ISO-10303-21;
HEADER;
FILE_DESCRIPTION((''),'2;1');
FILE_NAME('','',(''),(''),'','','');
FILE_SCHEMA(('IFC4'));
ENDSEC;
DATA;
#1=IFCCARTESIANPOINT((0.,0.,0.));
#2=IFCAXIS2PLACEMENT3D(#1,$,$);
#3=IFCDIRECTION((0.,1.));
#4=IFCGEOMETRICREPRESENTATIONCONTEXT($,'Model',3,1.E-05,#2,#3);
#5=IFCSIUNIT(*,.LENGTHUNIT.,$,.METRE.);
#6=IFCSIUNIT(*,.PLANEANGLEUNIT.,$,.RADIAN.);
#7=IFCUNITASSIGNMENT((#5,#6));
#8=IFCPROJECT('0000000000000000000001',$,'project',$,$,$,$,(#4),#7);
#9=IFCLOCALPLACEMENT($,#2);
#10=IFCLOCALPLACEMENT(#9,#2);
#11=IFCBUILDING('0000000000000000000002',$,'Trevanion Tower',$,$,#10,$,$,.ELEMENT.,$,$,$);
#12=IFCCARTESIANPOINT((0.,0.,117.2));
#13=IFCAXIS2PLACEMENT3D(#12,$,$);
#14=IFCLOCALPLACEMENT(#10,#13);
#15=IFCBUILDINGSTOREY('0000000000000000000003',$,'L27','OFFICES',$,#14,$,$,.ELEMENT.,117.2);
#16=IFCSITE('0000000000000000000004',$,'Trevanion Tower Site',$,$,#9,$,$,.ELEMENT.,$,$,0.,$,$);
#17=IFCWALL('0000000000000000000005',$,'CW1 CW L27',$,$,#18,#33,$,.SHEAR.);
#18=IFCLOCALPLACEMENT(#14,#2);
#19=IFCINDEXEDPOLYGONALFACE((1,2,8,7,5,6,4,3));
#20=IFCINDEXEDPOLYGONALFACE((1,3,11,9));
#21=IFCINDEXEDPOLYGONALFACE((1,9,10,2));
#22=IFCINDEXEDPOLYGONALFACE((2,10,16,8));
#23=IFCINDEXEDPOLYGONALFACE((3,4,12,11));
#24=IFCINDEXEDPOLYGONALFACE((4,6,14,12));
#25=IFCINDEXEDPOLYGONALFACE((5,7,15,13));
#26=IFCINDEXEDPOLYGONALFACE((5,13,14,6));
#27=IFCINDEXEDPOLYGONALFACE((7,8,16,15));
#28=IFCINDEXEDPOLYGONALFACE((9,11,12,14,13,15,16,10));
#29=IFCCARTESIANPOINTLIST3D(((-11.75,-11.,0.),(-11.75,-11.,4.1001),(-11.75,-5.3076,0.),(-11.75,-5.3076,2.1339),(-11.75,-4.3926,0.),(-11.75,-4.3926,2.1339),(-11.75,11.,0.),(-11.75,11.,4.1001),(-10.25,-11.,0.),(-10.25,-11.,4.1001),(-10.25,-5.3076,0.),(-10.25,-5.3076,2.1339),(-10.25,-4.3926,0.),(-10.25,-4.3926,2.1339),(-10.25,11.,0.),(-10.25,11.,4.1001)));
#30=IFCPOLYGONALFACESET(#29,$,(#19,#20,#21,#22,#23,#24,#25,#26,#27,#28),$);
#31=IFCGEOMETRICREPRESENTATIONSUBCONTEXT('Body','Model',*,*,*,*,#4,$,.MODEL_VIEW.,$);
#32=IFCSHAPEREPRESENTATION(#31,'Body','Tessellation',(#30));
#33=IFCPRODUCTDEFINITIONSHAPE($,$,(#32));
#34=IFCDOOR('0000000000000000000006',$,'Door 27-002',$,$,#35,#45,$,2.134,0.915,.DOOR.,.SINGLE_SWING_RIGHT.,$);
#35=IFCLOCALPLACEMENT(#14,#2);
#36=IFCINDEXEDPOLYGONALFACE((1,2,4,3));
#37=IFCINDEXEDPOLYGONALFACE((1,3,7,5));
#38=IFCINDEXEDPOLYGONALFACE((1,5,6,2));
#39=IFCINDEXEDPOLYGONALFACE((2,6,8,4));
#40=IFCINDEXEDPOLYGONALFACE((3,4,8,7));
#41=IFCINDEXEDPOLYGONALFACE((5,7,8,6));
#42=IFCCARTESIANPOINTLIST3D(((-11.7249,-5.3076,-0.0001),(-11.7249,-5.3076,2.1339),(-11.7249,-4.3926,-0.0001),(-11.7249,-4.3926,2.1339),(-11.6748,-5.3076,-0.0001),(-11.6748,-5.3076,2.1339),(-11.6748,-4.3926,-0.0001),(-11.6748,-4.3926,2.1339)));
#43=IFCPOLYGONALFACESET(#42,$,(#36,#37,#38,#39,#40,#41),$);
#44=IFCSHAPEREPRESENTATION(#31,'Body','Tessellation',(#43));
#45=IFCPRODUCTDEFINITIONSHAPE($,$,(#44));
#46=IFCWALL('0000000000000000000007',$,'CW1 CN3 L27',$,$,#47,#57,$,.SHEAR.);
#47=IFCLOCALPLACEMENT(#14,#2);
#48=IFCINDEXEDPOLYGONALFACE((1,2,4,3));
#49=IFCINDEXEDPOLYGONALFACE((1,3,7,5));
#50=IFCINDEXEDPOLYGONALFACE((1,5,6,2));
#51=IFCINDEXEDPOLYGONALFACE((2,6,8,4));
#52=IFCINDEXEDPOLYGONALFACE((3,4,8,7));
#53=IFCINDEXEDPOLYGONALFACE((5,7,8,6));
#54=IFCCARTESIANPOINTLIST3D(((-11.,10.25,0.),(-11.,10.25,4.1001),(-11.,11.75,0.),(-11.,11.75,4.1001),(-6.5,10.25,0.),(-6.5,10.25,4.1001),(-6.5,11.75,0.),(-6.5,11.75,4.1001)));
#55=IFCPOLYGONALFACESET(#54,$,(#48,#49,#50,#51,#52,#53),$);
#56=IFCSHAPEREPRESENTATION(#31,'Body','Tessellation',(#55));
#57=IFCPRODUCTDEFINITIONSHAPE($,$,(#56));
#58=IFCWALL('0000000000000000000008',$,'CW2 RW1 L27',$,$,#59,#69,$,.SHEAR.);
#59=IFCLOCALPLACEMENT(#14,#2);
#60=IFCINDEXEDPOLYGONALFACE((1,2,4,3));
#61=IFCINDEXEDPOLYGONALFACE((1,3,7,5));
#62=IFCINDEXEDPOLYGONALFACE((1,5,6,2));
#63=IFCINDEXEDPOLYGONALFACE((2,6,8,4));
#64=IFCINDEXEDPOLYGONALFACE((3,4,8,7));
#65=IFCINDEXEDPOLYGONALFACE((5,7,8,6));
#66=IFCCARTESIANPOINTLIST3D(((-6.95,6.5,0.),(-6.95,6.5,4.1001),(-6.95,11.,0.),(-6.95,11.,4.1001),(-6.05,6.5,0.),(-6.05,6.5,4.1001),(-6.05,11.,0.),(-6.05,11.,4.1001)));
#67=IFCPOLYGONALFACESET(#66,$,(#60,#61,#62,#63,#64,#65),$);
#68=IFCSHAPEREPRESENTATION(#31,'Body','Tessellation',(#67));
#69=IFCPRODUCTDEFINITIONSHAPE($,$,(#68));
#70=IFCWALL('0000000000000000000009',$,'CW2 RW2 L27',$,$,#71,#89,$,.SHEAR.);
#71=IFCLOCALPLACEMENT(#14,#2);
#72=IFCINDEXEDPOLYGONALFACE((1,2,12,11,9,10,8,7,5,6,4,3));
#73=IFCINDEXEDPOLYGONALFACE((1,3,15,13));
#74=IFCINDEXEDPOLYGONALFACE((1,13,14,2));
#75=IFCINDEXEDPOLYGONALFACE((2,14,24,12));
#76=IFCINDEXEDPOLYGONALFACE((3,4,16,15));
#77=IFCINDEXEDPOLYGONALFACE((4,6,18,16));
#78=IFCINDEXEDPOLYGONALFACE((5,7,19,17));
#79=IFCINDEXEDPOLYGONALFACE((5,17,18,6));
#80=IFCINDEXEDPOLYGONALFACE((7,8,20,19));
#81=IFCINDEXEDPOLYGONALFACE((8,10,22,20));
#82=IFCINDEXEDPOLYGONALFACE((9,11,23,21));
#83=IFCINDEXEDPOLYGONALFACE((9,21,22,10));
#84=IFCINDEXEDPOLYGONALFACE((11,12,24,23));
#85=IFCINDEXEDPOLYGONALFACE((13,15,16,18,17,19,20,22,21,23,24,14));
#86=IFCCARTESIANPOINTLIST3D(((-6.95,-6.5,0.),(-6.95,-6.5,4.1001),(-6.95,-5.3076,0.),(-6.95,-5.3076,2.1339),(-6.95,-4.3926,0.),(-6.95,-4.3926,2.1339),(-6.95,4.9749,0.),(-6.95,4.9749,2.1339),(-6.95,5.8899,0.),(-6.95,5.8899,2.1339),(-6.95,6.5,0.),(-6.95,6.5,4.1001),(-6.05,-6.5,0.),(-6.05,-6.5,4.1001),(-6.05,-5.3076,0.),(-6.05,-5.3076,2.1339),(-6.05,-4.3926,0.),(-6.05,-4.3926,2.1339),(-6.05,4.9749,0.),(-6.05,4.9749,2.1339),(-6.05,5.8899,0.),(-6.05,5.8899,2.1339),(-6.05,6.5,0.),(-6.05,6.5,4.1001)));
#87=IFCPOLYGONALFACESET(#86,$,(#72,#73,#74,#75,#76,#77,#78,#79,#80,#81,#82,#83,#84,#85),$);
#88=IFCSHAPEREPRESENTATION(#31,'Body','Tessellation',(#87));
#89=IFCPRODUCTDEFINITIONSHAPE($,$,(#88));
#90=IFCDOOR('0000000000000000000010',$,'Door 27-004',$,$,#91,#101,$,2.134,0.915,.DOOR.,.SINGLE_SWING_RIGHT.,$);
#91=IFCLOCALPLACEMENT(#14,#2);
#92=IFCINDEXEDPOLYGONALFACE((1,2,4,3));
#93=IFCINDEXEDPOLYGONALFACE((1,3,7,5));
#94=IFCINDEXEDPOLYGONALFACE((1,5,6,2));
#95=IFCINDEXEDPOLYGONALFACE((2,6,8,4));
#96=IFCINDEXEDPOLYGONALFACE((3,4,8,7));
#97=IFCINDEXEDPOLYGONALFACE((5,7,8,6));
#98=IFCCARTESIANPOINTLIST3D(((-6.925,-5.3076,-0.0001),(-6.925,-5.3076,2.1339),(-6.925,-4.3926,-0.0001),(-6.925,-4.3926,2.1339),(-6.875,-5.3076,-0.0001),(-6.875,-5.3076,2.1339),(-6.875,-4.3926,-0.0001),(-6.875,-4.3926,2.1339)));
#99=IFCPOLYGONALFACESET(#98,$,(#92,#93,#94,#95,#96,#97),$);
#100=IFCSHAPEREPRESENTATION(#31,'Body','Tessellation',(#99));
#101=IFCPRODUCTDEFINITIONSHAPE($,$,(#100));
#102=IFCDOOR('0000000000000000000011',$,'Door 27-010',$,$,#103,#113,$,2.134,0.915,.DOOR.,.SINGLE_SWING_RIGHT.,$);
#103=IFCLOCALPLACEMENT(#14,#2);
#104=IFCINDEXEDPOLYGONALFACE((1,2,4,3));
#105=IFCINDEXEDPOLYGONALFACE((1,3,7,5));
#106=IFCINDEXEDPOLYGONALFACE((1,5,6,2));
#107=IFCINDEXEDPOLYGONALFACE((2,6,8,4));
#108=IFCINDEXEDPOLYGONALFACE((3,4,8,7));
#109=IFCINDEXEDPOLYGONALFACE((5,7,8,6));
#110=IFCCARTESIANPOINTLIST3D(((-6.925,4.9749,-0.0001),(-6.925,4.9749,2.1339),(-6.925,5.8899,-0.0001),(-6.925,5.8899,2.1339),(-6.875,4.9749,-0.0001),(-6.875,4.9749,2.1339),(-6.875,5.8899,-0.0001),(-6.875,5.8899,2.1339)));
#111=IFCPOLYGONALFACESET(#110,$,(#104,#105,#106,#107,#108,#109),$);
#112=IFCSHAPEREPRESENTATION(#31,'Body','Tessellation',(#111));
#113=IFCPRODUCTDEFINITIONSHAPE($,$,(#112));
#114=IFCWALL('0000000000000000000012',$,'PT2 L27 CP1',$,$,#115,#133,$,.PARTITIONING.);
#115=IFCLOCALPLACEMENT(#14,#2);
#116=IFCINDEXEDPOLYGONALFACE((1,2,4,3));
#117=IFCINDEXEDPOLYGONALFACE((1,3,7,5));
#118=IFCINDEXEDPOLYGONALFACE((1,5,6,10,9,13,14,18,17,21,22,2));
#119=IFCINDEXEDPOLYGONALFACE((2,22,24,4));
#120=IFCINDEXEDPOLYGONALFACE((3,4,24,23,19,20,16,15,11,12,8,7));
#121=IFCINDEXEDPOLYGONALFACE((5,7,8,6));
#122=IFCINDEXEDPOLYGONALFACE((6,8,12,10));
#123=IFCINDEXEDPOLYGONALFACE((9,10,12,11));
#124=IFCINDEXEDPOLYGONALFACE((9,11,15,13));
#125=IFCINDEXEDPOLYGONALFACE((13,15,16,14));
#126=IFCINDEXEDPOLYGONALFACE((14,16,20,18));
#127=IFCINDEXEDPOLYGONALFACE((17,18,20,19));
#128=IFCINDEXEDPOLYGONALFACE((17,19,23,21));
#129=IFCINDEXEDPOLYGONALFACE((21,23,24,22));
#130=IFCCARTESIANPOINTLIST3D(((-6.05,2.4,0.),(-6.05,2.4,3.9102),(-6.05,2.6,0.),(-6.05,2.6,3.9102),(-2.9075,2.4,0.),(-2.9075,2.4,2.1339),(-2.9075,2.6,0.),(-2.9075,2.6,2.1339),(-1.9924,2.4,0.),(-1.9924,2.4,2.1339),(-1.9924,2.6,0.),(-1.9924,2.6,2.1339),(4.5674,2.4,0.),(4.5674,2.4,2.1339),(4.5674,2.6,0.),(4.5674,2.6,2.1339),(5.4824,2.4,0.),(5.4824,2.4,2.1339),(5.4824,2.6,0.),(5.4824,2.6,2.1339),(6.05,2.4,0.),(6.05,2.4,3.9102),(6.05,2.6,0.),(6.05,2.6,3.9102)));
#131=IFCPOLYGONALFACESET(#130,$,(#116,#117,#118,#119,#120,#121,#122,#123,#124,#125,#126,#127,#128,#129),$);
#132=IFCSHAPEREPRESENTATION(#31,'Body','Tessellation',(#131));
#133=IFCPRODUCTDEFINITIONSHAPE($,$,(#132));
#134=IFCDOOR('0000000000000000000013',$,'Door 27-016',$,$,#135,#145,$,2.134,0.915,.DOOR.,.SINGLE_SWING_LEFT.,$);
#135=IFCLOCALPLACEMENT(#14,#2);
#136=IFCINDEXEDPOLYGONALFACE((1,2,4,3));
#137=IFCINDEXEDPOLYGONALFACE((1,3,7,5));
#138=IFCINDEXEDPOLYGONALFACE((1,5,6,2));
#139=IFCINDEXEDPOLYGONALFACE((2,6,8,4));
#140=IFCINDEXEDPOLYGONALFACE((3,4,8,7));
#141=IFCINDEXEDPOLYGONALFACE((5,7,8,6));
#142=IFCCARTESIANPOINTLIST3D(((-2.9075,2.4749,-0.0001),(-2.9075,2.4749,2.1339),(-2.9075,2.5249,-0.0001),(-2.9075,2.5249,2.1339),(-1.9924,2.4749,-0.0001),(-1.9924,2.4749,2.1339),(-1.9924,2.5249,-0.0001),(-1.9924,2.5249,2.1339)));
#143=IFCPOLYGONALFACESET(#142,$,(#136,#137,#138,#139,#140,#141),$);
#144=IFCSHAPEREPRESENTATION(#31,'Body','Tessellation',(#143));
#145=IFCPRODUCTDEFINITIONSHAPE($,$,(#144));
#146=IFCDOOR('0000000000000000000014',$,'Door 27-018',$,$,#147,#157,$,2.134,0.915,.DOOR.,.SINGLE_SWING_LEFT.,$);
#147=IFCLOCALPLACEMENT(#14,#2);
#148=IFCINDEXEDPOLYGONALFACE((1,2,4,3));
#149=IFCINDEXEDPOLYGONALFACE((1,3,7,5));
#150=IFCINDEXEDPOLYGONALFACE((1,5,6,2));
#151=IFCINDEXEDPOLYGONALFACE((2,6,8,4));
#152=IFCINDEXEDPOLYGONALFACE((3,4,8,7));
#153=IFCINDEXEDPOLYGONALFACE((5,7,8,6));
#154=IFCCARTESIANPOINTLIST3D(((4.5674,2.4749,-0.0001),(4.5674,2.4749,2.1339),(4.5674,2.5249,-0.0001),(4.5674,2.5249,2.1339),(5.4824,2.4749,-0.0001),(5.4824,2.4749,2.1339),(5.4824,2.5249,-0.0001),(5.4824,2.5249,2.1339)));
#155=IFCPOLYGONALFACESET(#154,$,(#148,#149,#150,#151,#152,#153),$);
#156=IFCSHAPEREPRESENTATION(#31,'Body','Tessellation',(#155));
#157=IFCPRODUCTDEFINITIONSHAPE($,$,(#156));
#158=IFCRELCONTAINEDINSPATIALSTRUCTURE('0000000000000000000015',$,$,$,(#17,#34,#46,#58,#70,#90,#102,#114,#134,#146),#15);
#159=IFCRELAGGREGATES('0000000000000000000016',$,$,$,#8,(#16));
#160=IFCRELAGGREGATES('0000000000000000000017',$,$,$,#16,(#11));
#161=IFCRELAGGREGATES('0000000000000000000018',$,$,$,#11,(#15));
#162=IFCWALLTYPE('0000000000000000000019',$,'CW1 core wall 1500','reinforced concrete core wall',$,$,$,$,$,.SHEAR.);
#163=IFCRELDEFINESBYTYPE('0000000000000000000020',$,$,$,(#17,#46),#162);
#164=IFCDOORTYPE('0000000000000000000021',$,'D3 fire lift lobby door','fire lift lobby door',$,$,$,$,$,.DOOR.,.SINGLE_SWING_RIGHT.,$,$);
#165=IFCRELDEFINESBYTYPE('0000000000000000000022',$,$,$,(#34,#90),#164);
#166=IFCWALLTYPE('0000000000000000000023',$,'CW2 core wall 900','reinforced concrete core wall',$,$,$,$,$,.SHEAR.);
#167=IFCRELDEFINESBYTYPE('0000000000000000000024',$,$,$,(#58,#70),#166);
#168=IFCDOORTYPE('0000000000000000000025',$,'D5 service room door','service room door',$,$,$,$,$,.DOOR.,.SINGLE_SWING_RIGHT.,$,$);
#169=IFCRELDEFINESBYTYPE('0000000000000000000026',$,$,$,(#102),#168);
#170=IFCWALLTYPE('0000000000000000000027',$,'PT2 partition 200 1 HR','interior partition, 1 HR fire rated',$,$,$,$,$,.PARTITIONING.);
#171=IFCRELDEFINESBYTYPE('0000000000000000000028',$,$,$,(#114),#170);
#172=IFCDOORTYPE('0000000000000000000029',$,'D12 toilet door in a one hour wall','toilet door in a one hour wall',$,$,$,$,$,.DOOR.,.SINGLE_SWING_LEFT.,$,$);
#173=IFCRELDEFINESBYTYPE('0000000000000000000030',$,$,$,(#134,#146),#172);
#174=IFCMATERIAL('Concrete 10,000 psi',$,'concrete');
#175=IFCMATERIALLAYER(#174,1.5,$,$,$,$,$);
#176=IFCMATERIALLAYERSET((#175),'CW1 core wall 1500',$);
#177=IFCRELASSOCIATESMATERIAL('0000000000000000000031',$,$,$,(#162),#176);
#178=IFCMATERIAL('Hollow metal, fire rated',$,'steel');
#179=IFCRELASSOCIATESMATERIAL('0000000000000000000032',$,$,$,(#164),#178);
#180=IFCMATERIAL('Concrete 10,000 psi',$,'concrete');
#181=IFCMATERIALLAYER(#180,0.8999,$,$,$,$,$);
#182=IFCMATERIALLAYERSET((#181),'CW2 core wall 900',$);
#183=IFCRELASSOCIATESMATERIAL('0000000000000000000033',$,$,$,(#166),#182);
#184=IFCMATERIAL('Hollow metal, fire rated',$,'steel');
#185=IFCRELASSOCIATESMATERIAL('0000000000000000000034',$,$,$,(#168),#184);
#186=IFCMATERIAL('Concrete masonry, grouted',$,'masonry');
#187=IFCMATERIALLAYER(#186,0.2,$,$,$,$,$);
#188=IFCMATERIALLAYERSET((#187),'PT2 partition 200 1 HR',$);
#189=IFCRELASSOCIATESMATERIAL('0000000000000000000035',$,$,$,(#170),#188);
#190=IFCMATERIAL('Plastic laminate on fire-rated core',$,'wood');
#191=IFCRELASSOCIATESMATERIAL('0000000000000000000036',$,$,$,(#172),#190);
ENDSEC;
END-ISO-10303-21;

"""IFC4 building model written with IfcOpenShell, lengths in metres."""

from ifc_helpers import new_model, si_unit, direction, frame, frame_2d, origin, place, context, subcontext, project, spatial, rectangle, extrude, material, layer, layer_set, type_object, element, fill, save


model = new_model("IFC4")

# Units and contexts
model_context = context("Model", 3, precision=1e-05, world=origin(), true_north=direction((0.0, 1.0)))
body_context = subcontext(model_context, "Body", "Model", "MODEL_VIEW")
ifc_project = project(units=[si_unit("LENGTHUNIT", "METRE"), si_unit("PLANEANGLEUNIT", "RADIAN")], contexts=[model_context])

# Site, building, storey
site_placement = place(None, origin())
site = spatial("IfcSite", under=ifc_project, at=site_placement, Name="Trevanion Tower Site", CompositionType="ELEMENT", RefElevation=0.0)
building_placement = place(site_placement, origin())
building = spatial("IfcBuilding", under=site, at=building_placement, Name="Trevanion Tower", CompositionType="ELEMENT")
storey_placement = place(building_placement, frame((0.0, 0.0, 117.2)))
storey = spatial("IfcBuildingStorey", under=building, at=storey_placement, Name="L27", Description="OFFICES", CompositionType="ELEMENT", Elevation=117.2)

# Wall, opening, door
ifc_material_1 = material(Name="Concrete 10,000 psi", Category="concrete")
ifc_layer_1 = layer(ifc_material_1, 1.5)
ifc_layer_set_1 = layer_set([ifc_layer_1], Name="CW1 core wall 1500")
wall_type_1 = type_object("IfcWallType", Name="CW1 core wall 1500", Description="reinforced concrete core wall", PredefinedType="SHEAR", material=ifc_layer_set_1)
wall_1_placement = place(storey_placement, frame((-11.0, 11.0, 0.0), z_axis=(0.0, 0.0, 1.0), x_axis=(0.0, -1.0, 0.0)))
wall_1 = element("IfcWall", 1, at=wall_1_placement, inside=storey, type_object=wall_type_1, Name="CW1 CW L27", PredefinedType="SHEAR", context=body_context, shape_type="SweptSolid", body=[
    extrude(rectangle(XDim=22.0, YDim=1.5, at=frame_2d((11.0, 0.0))), origin(), (0.0, 0.0, 1.0), 4.1001),
])
opening_1_placement = place(wall_1_placement, frame((15.3926, 0.0, 0.0)))
opening_1 = element("IfcOpeningElement", 2, at=opening_1_placement, cuts=wall_1, PredefinedType="OPENING", context=body_context, shape_type="SweptSolid", body=[
    extrude(rectangle(XDim=0.915, YDim=2.134, at=frame_2d((0.4575, 1.0669))), frame((0.0, 0.76, 0.0), z_axis=(0.0, -1.0, 0.0), x_axis=(1.0, 0.0, 0.0)), (0.0, 0.0, 1.0), 1.52),
])
ifc_material_2 = material(Name="Hollow metal, fire rated", Category="steel")
door_type_1 = type_object("IfcDoorType", Name="D3 fire lift lobby door", Description="fire lift lobby door", OperationType="SINGLE_SWING_RIGHT", PredefinedType="DOOR", material=ifc_material_2)
door_1_placement = place(opening_1_placement, origin())
door_1 = element("IfcDoor", 3, at=door_1_placement, inside=storey, type_object=door_type_1, Name="Door 27-002", OperationType="SINGLE_SWING_RIGHT", OverallHeight=2.134, OverallWidth=0.915, PredefinedType="DOOR", context=body_context, shape_type="SweptSolid", body=[
    extrude(rectangle(XDim=0.915, YDim=2.134, at=frame_2d((0.4575, 1.0669))), frame((0.0, -0.6748, 0.0), z_axis=(0.0, -1.0, 0.0), x_axis=(1.0, 0.0, 0.0)), (0.0, 0.0, 1.0), 0.05),
])
fill(opening_1, door_1)

# Walls
wall_2_placement = place(storey_placement, frame((-6.5, 11.0, 0.0), z_axis=(0.0, 0.0, 1.0), x_axis=(-1.0, 0.0, 0.0)))
element("IfcWall", 4, at=wall_2_placement, inside=storey, type_object=wall_type_1, Name="CW1 CN3 L27", PredefinedType="SHEAR", context=body_context, shape_type="SweptSolid", body=[
    extrude(rectangle(XDim=4.5, YDim=1.5, at=frame_2d((2.25, 0.0))), origin(), (0.0, 0.0, 1.0), 4.1001),
])
ifc_material_3 = material(Name="Concrete 10,000 psi", Category="concrete")
ifc_layer_2 = layer(ifc_material_3, 0.8999)
ifc_layer_set_2 = layer_set([ifc_layer_2], Name="CW2 core wall 900")
wall_type_2 = type_object("IfcWallType", Name="CW2 core wall 900", Description="reinforced concrete core wall", PredefinedType="SHEAR", material=ifc_layer_set_2)
wall_3_placement = place(storey_placement, frame((-6.5, 11.0, 0.0), z_axis=(0.0, 0.0, 1.0), x_axis=(0.0, -1.0, 0.0)))
element("IfcWall", 5, at=wall_3_placement, inside=storey, type_object=wall_type_2, Name="CW2 RW1 L27", PredefinedType="SHEAR", context=body_context, shape_type="SweptSolid", body=[
    extrude(rectangle(XDim=4.5, YDim=0.8999, at=frame_2d((2.25, 0.0))), origin(), (0.0, 0.0, 1.0), 4.1001),
])

# Walls, openings, doors
wall_4_placement = place(storey_placement, frame((-6.5, 6.5, 0.0), z_axis=(0.0, 0.0, 1.0), x_axis=(0.0, -1.0, 0.0)))
wall_4 = element("IfcWall", 6, at=wall_4_placement, inside=storey, type_object=wall_type_2, Name="CW2 RW2 L27", PredefinedType="SHEAR", context=body_context, shape_type="SweptSolid", body=[
    extrude(rectangle(XDim=13.0, YDim=0.8999, at=frame_2d((6.5, 0.0))), origin(), (0.0, 0.0, 1.0), 4.1001),
])
opening_2_placement = place(wall_4_placement, frame((10.8926, 0.0, 0.0)))
opening_2 = element("IfcOpeningElement", 7, at=opening_2_placement, cuts=wall_4, PredefinedType="OPENING", context=body_context, shape_type="SweptSolid", body=[
    extrude(rectangle(XDim=0.915, YDim=2.134, at=frame_2d((0.4575, 1.0669))), frame((0.0, 0.46, 0.0), z_axis=(0.0, -1.0, 0.0), x_axis=(1.0, 0.0, 0.0)), (0.0, 0.0, 1.0), 0.9199),
])
opening_3_placement = place(wall_4_placement, frame((0.6101, 0.0, 0.0)))
opening_3 = element("IfcOpeningElement", 8, at=opening_3_placement, cuts=wall_4, PredefinedType="OPENING", context=body_context, shape_type="SweptSolid", body=[
    extrude(rectangle(XDim=0.915, YDim=2.134, at=frame_2d((0.4575, 1.0669))), frame((0.0, 0.46, 0.0), z_axis=(0.0, -1.0, 0.0), x_axis=(1.0, 0.0, 0.0)), (0.0, 0.0, 1.0), 0.9199),
])
door_2_placement = place(opening_2_placement, origin())
door_2 = element("IfcDoor", 9, at=door_2_placement, inside=storey, type_object=door_type_1, Name="Door 27-004", OperationType="SINGLE_SWING_RIGHT", OverallHeight=2.134, OverallWidth=0.915, PredefinedType="DOOR", context=body_context, shape_type="SweptSolid", body=[
    extrude(rectangle(XDim=0.915, YDim=2.134, at=frame_2d((0.4575, 1.0669))), frame((0.0, -0.375, 0.0), z_axis=(0.0, -1.0, 0.0), x_axis=(1.0, 0.0, 0.0)), (0.0, 0.0, 1.0), 0.05),
])
fill(opening_2, door_2)
ifc_material_4 = material(Name="Hollow metal, fire rated", Category="steel")
door_type_2 = type_object("IfcDoorType", Name="D5 service room door", Description="service room door", OperationType="SINGLE_SWING_RIGHT", PredefinedType="DOOR", material=ifc_material_4)
door_3_placement = place(opening_3_placement, origin())
door_3 = element("IfcDoor", 10, at=door_3_placement, inside=storey, type_object=door_type_2, Name="Door 27-010", OperationType="SINGLE_SWING_RIGHT", OverallHeight=2.134, OverallWidth=0.915, PredefinedType="DOOR", context=body_context, shape_type="SweptSolid", body=[
    extrude(rectangle(XDim=0.915, YDim=2.134, at=frame_2d((0.4575, 1.0669))), frame((0.0, -0.375, 0.0), z_axis=(0.0, -1.0, 0.0), x_axis=(1.0, 0.0, 0.0)), (0.0, 0.0, 1.0), 0.05),
])
fill(opening_3, door_3)
ifc_material_5 = material(Name="Concrete masonry, grouted", Category="masonry")
ifc_layer_3 = layer(ifc_material_5, 0.2)
ifc_layer_set_3 = layer_set([ifc_layer_3], Name="PT2 partition 200 1 HR")
wall_type_3 = type_object("IfcWallType", Name="PT2 partition 200 1 HR", Description="interior partition, 1 HR fire rated", PredefinedType="PARTITIONING", material=ifc_layer_set_3)
wall_5_placement = place(storey_placement, frame((-6.05, 2.5, 0.0), z_axis=(0.0, 0.0, 1.0), x_axis=(1.0, 0.0, 0.0)))
wall_5 = element("IfcWall", 11, at=wall_5_placement, inside=storey, type_object=wall_type_3, Name="PT2 L27 CP1", PredefinedType="PARTITIONING", context=body_context, shape_type="SweptSolid", body=[
    extrude(rectangle(XDim=12.1001, YDim=0.2, at=frame_2d((6.05, 0.0))), origin(), (0.0, 0.0, 1.0), 3.9102),
])
opening_4_placement = place(wall_5_placement, frame((3.1426, 0.0, 0.0)))
opening_4 = element("IfcOpeningElement", 12, at=opening_4_placement, cuts=wall_5, PredefinedType="OPENING", context=body_context, shape_type="SweptSolid", body=[
    extrude(rectangle(XDim=0.915, YDim=2.134, at=frame_2d((0.4575, 1.0669))), frame((0.0, 0.1099, 0.0), z_axis=(0.0, -1.0, 0.0), x_axis=(1.0, 0.0, 0.0)), (0.0, 0.0, 1.0), 0.22),
])
opening_5_placement = place(wall_5_placement, frame((10.6174, 0.0, 0.0)))
opening_5 = element("IfcOpeningElement", 13, at=opening_5_placement, cuts=wall_5, PredefinedType="OPENING", context=body_context, shape_type="SweptSolid", body=[
    extrude(rectangle(XDim=0.915, YDim=2.134, at=frame_2d((0.4575, 1.0669))), frame((0.0, 0.1099, 0.0), z_axis=(0.0, -1.0, 0.0), x_axis=(1.0, 0.0, 0.0)), (0.0, 0.0, 1.0), 0.22),
])
ifc_material_6 = material(Name="Plastic laminate on fire-rated core", Category="wood")
door_type_3 = type_object("IfcDoorType", Name="D12 toilet door in a one hour wall", Description="toilet door in a one hour wall", OperationType="SINGLE_SWING_LEFT", PredefinedType="DOOR", material=ifc_material_6)
door_4_placement = place(opening_4_placement, origin())
door_4 = element("IfcDoor", 14, at=door_4_placement, inside=storey, type_object=door_type_3, Name="Door 27-016", OperationType="SINGLE_SWING_LEFT", OverallHeight=2.134, OverallWidth=0.915, PredefinedType="DOOR", context=body_context, shape_type="SweptSolid", body=[
    extrude(rectangle(XDim=0.915, YDim=2.134, at=frame_2d((0.4575, 1.0669))), frame((0.0, 0.0249, 0.0), z_axis=(0.0, -1.0, 0.0), x_axis=(1.0, 0.0, 0.0)), (0.0, 0.0, 1.0), 0.05),
])
fill(opening_4, door_4)
door_5_placement = place(opening_5_placement, origin())
door_5 = element("IfcDoor", 15, at=door_5_placement, inside=storey, type_object=door_type_3, Name="Door 27-018", OperationType="SINGLE_SWING_LEFT", OverallHeight=2.134, OverallWidth=0.915, PredefinedType="DOOR", context=body_context, shape_type="SweptSolid", body=[
    extrude(rectangle(XDim=0.915, YDim=2.134, at=frame_2d((0.4575, 1.0669))), frame((0.0, 0.0249, 0.0), z_axis=(0.0, -1.0, 0.0), x_axis=(1.0, 0.0, 0.0)), (0.0, 0.0, 1.0), 0.05),
])
fill(opening_5, door_5)

save(model, "model.ifc")
